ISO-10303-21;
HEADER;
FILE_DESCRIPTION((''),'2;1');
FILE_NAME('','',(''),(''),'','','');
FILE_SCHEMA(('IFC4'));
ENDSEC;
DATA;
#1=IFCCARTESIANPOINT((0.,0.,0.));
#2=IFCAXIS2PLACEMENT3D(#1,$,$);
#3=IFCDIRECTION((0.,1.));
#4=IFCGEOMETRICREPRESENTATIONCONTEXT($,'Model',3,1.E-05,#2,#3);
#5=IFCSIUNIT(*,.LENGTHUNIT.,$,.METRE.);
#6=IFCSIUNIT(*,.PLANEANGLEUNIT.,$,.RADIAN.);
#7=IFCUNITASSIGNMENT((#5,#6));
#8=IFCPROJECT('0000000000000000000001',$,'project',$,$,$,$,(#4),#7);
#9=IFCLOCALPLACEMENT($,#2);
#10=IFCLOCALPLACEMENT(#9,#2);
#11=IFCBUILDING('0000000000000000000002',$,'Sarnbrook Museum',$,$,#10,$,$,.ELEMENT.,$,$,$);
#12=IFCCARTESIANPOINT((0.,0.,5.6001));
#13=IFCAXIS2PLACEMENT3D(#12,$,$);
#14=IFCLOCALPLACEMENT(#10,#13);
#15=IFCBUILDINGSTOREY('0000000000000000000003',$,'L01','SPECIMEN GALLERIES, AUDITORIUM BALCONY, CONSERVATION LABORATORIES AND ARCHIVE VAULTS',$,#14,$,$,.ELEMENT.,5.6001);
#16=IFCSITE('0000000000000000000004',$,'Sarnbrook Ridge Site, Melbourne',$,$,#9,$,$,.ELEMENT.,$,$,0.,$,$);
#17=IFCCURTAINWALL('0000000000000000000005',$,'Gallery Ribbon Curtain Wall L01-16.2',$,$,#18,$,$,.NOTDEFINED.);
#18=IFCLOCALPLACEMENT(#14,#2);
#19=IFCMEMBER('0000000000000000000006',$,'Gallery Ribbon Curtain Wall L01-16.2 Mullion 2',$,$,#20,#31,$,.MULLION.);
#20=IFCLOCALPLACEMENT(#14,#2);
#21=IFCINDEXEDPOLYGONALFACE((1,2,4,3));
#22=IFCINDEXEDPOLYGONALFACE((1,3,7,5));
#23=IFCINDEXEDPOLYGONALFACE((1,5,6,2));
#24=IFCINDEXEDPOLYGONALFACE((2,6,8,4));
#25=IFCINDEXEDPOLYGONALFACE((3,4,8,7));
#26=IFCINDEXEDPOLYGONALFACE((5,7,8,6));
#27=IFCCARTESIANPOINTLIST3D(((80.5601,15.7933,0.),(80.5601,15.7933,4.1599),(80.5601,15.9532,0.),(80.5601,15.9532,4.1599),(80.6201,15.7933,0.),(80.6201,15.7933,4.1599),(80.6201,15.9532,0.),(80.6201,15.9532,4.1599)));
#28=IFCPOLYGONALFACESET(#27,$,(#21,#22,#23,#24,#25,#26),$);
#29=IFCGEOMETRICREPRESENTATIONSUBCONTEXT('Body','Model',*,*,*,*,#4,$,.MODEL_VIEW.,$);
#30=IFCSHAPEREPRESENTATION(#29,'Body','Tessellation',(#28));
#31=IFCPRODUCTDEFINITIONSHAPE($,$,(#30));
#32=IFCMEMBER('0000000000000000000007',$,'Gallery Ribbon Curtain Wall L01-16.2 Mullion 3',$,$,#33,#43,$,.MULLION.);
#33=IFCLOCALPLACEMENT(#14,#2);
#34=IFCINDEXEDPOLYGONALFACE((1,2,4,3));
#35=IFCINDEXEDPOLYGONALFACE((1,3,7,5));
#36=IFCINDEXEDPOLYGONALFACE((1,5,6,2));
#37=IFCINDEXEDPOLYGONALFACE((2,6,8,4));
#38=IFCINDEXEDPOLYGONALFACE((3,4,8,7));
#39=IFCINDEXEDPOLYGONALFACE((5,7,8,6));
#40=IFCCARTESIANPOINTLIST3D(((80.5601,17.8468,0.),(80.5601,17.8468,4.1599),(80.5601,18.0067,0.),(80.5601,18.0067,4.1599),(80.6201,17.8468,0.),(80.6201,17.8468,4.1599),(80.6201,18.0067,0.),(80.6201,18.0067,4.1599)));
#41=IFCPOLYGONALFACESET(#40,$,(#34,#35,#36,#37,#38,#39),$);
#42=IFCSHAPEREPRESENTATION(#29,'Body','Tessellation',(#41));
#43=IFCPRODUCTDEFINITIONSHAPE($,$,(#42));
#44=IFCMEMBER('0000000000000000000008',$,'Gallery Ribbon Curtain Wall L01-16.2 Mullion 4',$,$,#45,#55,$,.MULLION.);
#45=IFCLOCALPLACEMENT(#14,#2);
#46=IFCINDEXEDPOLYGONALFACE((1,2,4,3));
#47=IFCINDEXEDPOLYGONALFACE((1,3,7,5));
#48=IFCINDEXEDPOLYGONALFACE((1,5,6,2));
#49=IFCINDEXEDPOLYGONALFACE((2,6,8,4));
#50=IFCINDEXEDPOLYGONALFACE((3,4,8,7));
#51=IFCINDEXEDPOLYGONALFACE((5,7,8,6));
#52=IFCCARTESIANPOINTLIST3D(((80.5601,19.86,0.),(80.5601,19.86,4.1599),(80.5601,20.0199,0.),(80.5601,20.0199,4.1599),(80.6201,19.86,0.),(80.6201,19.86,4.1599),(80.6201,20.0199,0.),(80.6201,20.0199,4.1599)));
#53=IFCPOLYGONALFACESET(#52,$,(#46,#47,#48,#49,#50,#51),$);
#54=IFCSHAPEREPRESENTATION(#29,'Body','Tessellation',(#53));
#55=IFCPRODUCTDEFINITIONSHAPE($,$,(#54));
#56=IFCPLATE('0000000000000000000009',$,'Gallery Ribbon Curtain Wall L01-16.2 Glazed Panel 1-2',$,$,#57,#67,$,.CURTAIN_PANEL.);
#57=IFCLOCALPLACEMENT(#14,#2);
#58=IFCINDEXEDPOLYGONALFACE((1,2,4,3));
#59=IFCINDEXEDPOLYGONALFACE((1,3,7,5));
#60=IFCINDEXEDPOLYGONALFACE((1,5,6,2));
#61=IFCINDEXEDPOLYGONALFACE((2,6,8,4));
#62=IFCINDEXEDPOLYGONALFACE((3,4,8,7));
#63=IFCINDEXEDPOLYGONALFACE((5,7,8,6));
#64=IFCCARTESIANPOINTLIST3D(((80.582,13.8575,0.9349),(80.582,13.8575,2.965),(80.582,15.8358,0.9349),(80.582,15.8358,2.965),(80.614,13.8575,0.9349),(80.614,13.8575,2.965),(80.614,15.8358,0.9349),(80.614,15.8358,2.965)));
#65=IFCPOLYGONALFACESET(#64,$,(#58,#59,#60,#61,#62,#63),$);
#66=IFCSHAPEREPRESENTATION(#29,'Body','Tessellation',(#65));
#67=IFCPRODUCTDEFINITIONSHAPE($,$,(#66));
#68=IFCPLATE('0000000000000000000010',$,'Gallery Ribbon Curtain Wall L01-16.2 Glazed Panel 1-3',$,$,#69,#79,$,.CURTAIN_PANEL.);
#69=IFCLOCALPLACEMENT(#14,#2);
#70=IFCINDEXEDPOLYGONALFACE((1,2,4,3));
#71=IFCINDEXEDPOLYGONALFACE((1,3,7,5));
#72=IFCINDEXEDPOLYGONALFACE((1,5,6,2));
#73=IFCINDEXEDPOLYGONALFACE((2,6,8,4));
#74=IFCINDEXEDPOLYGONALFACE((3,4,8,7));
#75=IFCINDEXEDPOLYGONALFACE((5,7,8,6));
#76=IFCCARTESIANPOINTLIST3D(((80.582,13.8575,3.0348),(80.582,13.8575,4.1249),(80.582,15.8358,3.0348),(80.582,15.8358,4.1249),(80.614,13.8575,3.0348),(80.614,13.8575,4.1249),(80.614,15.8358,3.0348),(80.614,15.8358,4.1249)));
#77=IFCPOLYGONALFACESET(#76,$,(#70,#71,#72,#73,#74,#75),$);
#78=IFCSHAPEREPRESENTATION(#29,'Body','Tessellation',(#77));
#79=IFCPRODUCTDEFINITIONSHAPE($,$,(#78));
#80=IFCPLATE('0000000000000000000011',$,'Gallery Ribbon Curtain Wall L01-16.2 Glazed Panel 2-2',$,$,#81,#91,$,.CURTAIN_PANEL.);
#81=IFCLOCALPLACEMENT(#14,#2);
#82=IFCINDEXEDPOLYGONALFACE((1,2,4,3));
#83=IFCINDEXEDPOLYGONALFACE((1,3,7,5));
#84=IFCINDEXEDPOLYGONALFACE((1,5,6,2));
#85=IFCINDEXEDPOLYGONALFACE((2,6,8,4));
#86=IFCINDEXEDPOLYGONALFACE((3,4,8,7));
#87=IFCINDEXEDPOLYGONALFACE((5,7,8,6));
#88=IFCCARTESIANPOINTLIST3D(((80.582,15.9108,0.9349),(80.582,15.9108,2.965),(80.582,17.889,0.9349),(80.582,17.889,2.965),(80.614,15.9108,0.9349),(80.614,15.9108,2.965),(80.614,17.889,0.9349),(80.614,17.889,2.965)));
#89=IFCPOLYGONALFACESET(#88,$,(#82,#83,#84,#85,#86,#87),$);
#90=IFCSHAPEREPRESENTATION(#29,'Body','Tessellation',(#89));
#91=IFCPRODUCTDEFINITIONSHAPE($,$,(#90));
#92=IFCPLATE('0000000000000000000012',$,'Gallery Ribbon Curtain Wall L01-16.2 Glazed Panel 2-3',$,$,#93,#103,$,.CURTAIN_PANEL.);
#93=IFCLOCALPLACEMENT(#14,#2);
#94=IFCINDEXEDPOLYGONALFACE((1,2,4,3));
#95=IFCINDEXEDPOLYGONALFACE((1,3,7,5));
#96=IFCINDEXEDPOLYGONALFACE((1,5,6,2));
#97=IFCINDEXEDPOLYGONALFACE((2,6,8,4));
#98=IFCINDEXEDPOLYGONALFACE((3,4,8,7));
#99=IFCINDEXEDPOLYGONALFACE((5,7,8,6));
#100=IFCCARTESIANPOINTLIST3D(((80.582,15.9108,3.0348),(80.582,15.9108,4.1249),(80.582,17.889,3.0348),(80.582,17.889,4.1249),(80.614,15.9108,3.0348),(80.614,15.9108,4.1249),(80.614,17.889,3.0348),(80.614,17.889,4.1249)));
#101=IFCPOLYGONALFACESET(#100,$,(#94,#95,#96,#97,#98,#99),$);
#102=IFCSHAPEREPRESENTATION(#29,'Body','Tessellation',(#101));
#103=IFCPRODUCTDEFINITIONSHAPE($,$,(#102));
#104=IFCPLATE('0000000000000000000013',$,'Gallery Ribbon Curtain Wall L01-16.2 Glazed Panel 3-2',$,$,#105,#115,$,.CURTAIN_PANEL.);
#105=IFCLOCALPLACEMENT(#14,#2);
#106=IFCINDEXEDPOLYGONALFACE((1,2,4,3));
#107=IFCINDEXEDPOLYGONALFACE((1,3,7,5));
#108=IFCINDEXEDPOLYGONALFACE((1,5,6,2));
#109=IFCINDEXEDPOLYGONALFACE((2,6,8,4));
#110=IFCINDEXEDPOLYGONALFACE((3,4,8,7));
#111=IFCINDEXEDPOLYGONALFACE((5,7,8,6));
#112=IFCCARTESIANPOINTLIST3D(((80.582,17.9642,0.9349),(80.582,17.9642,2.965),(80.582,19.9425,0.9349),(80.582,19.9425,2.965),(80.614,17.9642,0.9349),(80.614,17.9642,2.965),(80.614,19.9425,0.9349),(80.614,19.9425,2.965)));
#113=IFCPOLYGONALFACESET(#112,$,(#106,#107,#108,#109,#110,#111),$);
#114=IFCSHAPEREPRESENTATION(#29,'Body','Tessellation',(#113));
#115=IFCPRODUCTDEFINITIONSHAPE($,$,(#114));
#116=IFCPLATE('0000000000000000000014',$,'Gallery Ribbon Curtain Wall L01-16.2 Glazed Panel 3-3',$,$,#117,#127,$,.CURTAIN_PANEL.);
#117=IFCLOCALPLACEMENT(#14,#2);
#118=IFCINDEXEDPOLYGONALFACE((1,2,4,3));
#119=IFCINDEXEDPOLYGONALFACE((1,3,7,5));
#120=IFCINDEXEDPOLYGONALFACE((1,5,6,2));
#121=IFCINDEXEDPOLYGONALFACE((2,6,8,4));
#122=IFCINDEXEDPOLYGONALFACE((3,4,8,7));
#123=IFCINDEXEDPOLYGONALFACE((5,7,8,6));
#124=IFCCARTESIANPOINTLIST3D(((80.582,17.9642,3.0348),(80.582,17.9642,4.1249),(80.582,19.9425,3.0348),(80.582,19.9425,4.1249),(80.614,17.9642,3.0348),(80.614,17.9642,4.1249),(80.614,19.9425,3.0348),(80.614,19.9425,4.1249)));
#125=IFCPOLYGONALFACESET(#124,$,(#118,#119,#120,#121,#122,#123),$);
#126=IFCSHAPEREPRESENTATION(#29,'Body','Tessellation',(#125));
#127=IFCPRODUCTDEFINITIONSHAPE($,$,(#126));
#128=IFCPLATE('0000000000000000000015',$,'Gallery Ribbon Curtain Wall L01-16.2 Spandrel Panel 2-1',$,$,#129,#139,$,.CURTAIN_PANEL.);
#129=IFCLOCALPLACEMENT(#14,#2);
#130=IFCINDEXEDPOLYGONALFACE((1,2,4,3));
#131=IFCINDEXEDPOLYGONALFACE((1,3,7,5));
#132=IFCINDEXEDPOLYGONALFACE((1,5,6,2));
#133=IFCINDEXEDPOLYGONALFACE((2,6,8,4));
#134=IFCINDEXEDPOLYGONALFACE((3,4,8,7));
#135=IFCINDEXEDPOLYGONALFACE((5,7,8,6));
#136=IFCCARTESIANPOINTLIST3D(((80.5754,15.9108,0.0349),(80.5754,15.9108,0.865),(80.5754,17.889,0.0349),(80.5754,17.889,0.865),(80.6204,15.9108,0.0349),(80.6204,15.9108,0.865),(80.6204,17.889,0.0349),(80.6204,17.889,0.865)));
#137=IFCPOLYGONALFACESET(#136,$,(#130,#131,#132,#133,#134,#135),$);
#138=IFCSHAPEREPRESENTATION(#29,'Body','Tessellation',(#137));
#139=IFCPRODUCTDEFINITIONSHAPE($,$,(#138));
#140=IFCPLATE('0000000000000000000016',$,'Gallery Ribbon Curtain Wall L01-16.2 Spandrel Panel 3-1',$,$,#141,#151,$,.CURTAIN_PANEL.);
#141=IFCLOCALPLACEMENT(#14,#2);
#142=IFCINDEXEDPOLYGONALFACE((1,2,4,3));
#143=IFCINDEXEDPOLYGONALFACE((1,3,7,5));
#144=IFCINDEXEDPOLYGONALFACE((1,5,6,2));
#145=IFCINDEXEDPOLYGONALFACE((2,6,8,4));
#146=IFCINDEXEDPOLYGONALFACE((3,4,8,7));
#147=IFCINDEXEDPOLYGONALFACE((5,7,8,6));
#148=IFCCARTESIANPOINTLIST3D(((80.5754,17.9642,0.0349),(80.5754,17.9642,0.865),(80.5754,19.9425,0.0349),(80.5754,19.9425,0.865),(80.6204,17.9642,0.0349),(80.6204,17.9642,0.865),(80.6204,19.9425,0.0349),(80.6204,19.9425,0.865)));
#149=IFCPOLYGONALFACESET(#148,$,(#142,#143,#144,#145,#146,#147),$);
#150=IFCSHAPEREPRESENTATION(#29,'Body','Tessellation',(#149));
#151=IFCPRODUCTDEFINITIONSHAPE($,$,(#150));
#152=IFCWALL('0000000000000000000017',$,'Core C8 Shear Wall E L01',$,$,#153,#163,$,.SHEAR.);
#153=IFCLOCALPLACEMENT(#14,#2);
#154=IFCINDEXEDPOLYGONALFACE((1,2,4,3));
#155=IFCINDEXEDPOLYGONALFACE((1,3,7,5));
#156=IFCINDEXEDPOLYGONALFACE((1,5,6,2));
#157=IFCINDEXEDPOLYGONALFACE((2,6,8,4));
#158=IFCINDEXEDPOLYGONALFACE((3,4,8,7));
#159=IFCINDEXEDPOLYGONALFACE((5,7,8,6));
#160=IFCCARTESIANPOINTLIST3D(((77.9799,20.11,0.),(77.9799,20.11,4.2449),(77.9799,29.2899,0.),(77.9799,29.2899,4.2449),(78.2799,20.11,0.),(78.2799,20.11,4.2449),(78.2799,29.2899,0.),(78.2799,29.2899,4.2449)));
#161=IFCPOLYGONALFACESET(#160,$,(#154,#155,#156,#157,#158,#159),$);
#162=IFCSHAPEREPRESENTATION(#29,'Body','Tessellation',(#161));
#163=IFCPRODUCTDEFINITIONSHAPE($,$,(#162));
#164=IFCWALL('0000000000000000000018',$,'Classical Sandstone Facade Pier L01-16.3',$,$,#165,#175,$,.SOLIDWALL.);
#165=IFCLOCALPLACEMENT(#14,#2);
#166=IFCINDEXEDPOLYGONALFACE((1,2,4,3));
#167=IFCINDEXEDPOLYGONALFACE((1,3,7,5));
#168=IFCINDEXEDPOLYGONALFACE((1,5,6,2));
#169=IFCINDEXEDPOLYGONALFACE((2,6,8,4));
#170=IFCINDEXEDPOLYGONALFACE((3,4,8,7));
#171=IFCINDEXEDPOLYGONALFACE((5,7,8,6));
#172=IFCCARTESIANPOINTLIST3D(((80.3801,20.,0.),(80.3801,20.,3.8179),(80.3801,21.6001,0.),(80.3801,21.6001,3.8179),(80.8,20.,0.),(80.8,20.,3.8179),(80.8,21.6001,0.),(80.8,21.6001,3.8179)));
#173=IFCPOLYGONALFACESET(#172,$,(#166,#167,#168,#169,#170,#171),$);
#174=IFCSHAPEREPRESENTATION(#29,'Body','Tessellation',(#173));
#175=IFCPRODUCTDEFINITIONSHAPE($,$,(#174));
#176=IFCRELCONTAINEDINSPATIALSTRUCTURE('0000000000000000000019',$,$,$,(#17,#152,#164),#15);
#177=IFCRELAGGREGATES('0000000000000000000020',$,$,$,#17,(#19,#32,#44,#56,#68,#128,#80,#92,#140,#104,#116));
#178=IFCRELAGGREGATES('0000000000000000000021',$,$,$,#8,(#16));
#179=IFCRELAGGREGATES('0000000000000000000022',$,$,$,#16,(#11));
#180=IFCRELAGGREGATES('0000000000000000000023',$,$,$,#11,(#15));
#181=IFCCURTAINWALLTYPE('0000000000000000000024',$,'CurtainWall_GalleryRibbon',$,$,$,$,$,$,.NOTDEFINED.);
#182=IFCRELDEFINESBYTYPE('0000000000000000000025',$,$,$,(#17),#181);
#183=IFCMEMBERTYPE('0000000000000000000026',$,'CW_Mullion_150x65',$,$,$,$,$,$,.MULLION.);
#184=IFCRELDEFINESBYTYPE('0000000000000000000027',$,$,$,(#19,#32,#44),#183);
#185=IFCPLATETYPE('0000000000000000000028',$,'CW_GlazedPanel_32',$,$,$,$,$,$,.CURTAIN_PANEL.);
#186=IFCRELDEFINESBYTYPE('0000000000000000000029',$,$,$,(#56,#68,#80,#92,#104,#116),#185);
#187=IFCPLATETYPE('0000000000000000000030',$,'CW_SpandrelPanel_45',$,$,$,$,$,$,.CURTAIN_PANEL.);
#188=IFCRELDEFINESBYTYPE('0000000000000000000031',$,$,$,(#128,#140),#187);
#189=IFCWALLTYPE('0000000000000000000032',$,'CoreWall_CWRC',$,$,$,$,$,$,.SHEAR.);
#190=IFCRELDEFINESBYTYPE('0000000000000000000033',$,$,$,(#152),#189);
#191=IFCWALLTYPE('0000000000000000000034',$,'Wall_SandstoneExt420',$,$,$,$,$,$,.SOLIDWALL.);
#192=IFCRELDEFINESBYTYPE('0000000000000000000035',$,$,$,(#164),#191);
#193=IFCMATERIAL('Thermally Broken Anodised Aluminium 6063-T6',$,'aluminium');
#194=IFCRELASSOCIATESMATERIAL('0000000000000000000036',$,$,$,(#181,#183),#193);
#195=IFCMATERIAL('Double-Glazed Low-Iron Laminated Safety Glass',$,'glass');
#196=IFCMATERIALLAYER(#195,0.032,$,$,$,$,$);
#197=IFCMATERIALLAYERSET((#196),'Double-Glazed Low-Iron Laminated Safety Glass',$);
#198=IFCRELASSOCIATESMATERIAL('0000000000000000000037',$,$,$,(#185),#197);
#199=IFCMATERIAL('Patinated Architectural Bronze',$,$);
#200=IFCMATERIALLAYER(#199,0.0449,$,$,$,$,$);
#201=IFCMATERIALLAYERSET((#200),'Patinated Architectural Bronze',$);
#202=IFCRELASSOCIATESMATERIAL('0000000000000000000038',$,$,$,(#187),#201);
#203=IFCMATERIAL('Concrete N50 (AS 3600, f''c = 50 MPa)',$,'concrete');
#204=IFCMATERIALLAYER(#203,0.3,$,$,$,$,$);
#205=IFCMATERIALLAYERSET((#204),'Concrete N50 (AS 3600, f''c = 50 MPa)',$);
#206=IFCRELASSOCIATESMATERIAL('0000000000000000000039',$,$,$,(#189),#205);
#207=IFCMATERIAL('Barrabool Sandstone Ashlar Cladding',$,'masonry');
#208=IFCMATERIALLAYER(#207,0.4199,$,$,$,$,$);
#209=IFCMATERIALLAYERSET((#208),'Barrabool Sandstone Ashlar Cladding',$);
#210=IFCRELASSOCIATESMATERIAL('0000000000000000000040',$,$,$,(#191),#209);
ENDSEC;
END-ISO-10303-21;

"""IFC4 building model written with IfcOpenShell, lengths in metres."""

from ifc_helpers import new_model, si_unit, direction, frame, frame_2d, origin, origin_2d, place, context, subcontext, project, spatial, rectangle, extrude, material, layer, layer_set, material_profile, profile_set, type_object, element, aggregate, save


model = new_model("IFC4")

# Units and contexts
model_context = context("Model", 3, precision=1e-05, world=origin(), true_north=direction((0.0, 1.0)))
body_context = subcontext(model_context, "Body", "Model", "MODEL_VIEW")
ifc_project = project(units=[si_unit("LENGTHUNIT", "METRE"), si_unit("PLANEANGLEUNIT", "RADIAN")], contexts=[model_context])

# Site, building, storey
site_placement = place(None, origin())
site = spatial("IfcSite", under=ifc_project, at=site_placement, Name="Sarnbrook Ridge Site, Melbourne", CompositionType="ELEMENT", RefElevation=0.0)
building_placement = place(site_placement, origin())
building = spatial("IfcBuilding", under=site, at=building_placement, Name="Sarnbrook Museum", CompositionType="ELEMENT")
storey_placement = place(building_placement, frame((0.0, 0.0, 5.6001)))
storey = spatial("IfcBuildingStorey", under=building, at=storey_placement, Name="L01", Description="SPECIMEN GALLERIES, AUDITORIUM BALCONY, CONSERVATION LABORATORIES AND ARCHIVE VAULTS", CompositionType="ELEMENT", Elevation=5.6001)

# Curtain wall, members, plates
ifc_material_1 = material(Name="Thermally Broken Anodised Aluminium 6063-T6", Category="aluminium")
curtain_wall_type = type_object("IfcCurtainWallType", Name="CurtainWall_GalleryRibbon", PredefinedType="NOTDEFINED", material=ifc_material_1)
curtain_wall_placement = place(storey_placement, origin())
curtain_wall = element("IfcCurtainWall", 1, at=curtain_wall_placement, inside=storey, type_object=curtain_wall_type, Name="Gallery Ribbon Curtain Wall L01-16.2", PredefinedType="NOTDEFINED")
ifc_material_profile = material_profile(ifc_material_1, rectangle(XDim=0.0601, YDim=0.1599, at=origin_2d()), Name="ALU MULLION 60x160")
ifc_profile_set = profile_set([ifc_material_profile], Name="Thermally Broken Anodised Aluminium 6063-T6")
member_type = type_object("IfcMemberType", Name="CW_Mullion_150x65", PredefinedType="MULLION", material=ifc_profile_set)
member_1_placement = place(storey_placement, frame((80.5901, 15.8733, 0.0), z_axis=(0.0, 0.0, 1.0), x_axis=(1.0, 0.0, 0.0)))
member_1 = element("IfcMember", 2, at=member_1_placement, type_object=member_type, Name="Gallery Ribbon Curtain Wall L01-16.2 Mullion 2", PredefinedType="MULLION", context=body_context, shape_type="SweptSolid", body=[
    extrude(rectangle(XDim=0.0601, YDim=0.1599, at=origin_2d()), origin(), (0.0, 0.0, 1.0), 4.1599),
])
member_2_placement = place(storey_placement, frame((80.5901, 17.9268, 0.0), z_axis=(0.0, 0.0, 1.0), x_axis=(1.0, 0.0, 0.0)))
member_2 = element("IfcMember", 3, at=member_2_placement, type_object=member_type, Name="Gallery Ribbon Curtain Wall L01-16.2 Mullion 3", PredefinedType="MULLION", context=body_context, shape_type="SweptSolid", body=[
    extrude(rectangle(XDim=0.0601, YDim=0.1599, at=origin_2d()), origin(), (0.0, 0.0, 1.0), 4.1599),
])
member_3_placement = place(storey_placement, frame((80.5901, 19.9399, 0.0), z_axis=(0.0, 0.0, 1.0), x_axis=(1.0, 0.0, 0.0)))
member_3 = element("IfcMember", 4, at=member_3_placement, type_object=member_type, Name="Gallery Ribbon Curtain Wall L01-16.2 Mullion 4", PredefinedType="MULLION", context=body_context, shape_type="SweptSolid", body=[
    extrude(rectangle(XDim=0.0601, YDim=0.1599, at=origin_2d()), origin(), (0.0, 0.0, 1.0), 4.1599),
])
ifc_material_2 = material(Name="Double-Glazed Low-Iron Laminated Safety Glass", Category="glass")
ifc_layer_1 = layer(ifc_material_2, 0.032)
ifc_layer_set_1 = layer_set([ifc_layer_1], Name="Double-Glazed Low-Iron Laminated Safety Glass")
plate_type_1 = type_object("IfcPlateType", Name="CW_GlazedPanel_32", PredefinedType="CURTAIN_PANEL", material=ifc_layer_set_1)
plate_1_placement = place(storey_placement, frame((80.582, 14.8467, 1.95), z_axis=(1.0, 0.0, 0.0), x_axis=(0.0, 1.0, 0.0)))
plate_1 = element("IfcPlate", 5, at=plate_1_placement, type_object=plate_type_1, Name="Gallery Ribbon Curtain Wall L01-16.2 Glazed Panel 1-2", PredefinedType="CURTAIN_PANEL", context=body_context, shape_type="SweptSolid", body=[
    extrude(rectangle(XDim=1.9783, YDim=2.03, at=origin_2d()), origin(), (0.0, 0.0, 1.0), 0.032),
])
plate_2_placement = place(storey_placement, frame((80.582, 14.8467, 3.5798), z_axis=(1.0, 0.0, 0.0), x_axis=(0.0, 1.0, 0.0)))
plate_2 = element("IfcPlate", 6, at=plate_2_placement, type_object=plate_type_1, Name="Gallery Ribbon Curtain Wall L01-16.2 Glazed Panel 1-3", PredefinedType="CURTAIN_PANEL", context=body_context, shape_type="SweptSolid", body=[
    extrude(rectangle(XDim=1.9783, YDim=1.0901, at=origin_2d()), origin(), (0.0, 0.0, 1.0), 0.032),
])
plate_3_placement = place(storey_placement, frame((80.582, 16.8999, 1.95), z_axis=(1.0, 0.0, 0.0), x_axis=(0.0, 1.0, 0.0)))
plate_3 = element("IfcPlate", 7, at=plate_3_placement, type_object=plate_type_1, Name="Gallery Ribbon Curtain Wall L01-16.2 Glazed Panel 2-2", PredefinedType="CURTAIN_PANEL", context=body_context, shape_type="SweptSolid", body=[
    extrude(rectangle(XDim=1.9783, YDim=2.03, at=origin_2d()), origin(), (0.0, 0.0, 1.0), 0.032),
])
plate_4_placement = place(storey_placement, frame((80.582, 16.8999, 3.5798), z_axis=(1.0, 0.0, 0.0), x_axis=(0.0, 1.0, 0.0)))
plate_4 = element("IfcPlate", 8, at=plate_4_placement, type_object=plate_type_1, Name="Gallery Ribbon Curtain Wall L01-16.2 Glazed Panel 2-3", PredefinedType="CURTAIN_PANEL", context=body_context, shape_type="SweptSolid", body=[
    extrude(rectangle(XDim=1.9783, YDim=1.0901, at=origin_2d()), origin(), (0.0, 0.0, 1.0), 0.032),
])
plate_5_placement = place(storey_placement, frame((80.582, 18.9534, 1.95), z_axis=(1.0, 0.0, 0.0), x_axis=(0.0, 1.0, 0.0)))
plate_5 = element("IfcPlate", 9, at=plate_5_placement, type_object=plate_type_1, Name="Gallery Ribbon Curtain Wall L01-16.2 Glazed Panel 3-2", PredefinedType="CURTAIN_PANEL", context=body_context, shape_type="SweptSolid", body=[
    extrude(rectangle(XDim=1.9783, YDim=2.03, at=origin_2d()), origin(), (0.0, 0.0, 1.0), 0.032),
])
plate_6_placement = place(storey_placement, frame((80.582, 18.9534, 3.5798), z_axis=(1.0, 0.0, 0.0), x_axis=(0.0, 1.0, 0.0)))
plate_6 = element("IfcPlate", 10, at=plate_6_placement, type_object=plate_type_1, Name="Gallery Ribbon Curtain Wall L01-16.2 Glazed Panel 3-3", PredefinedType="CURTAIN_PANEL", context=body_context, shape_type="SweptSolid", body=[
    extrude(rectangle(XDim=1.9783, YDim=1.0901, at=origin_2d()), origin(), (0.0, 0.0, 1.0), 0.032),
])
ifc_material_3 = material(Name="Patinated Architectural Bronze")
ifc_layer_2 = layer(ifc_material_3, 0.0449)
ifc_layer_set_2 = layer_set([ifc_layer_2], Name="Patinated Architectural Bronze")
plate_type_2 = type_object("IfcPlateType", Name="CW_SpandrelPanel_45", PredefinedType="CURTAIN_PANEL", material=ifc_layer_set_2)
plate_7_placement = place(storey_placement, frame((80.5754, 16.8999, 0.45), z_axis=(1.0, 0.0, 0.0), x_axis=(0.0, 1.0, 0.0)))
plate_7 = element("IfcPlate", 11, at=plate_7_placement, type_object=plate_type_2, Name="Gallery Ribbon Curtain Wall L01-16.2 Spandrel Panel 2-1", PredefinedType="CURTAIN_PANEL", context=body_context, shape_type="SweptSolid", body=[
    extrude(rectangle(XDim=1.9783, YDim=0.8301, at=origin_2d()), origin(), (0.0, 0.0, 1.0), 0.0449),
])
plate_8_placement = place(storey_placement, frame((80.5754, 18.9534, 0.45), z_axis=(1.0, 0.0, 0.0), x_axis=(0.0, 1.0, 0.0)))
plate_8 = element("IfcPlate", 12, at=plate_8_placement, type_object=plate_type_2, Name="Gallery Ribbon Curtain Wall L01-16.2 Spandrel Panel 3-1", PredefinedType="CURTAIN_PANEL", context=body_context, shape_type="SweptSolid", body=[
    extrude(rectangle(XDim=1.9783, YDim=0.8301, at=origin_2d()), origin(), (0.0, 0.0, 1.0), 0.0449),
])
aggregate(curtain_wall, [member_1, member_2, member_3, plate_1, plate_2, plate_7, plate_3, plate_4, plate_8, plate_5, plate_6])

# Walls
ifc_material_4 = material(Name="Concrete N50 (AS 3600, f'c = 50 MPa)", Category="concrete")
ifc_layer_3 = layer(ifc_material_4, 0.3)
ifc_layer_set_3 = layer_set([ifc_layer_3], Name="Concrete N50 (AS 3600, f'c = 50 MPa)")
wall_type_1 = type_object("IfcWallType", Name="CoreWall_CWRC", PredefinedType="SHEAR", material=ifc_layer_set_3)
wall_1_placement = place(storey_placement, frame((78.1299, 20.1101, 0.0), z_axis=(0.0, 0.0, 1.0), x_axis=(0.0, 1.0, 0.0)))
element("IfcWall", 13, at=wall_1_placement, inside=storey, type_object=wall_type_1, Name="Core C8 Shear Wall E L01", PredefinedType="SHEAR", context=body_context, shape_type="SweptSolid", body=[
    extrude(rectangle(XDim=9.1799, YDim=0.3, at=frame_2d((4.5898, 0.0))), origin(), (0.0, 0.0, 1.0), 4.2449),
])
ifc_material_5 = material(Name="Barrabool Sandstone Ashlar Cladding", Category="masonry")
ifc_layer_4 = layer(ifc_material_5, 0.4199)
ifc_layer_set_4 = layer_set([ifc_layer_4], Name="Barrabool Sandstone Ashlar Cladding")
wall_type_2 = type_object("IfcWallType", Name="Wall_SandstoneExt420", PredefinedType="SOLIDWALL", material=ifc_layer_set_4)
wall_2_placement = place(storey_placement, frame((80.5901, 20.0, 0.0), z_axis=(0.0, 0.0, 1.0), x_axis=(0.0, 1.0, 0.0)))
element("IfcWall", 14, at=wall_2_placement, inside=storey, type_object=wall_type_2, Name="Classical Sandstone Facade Pier L01-16.3", PredefinedType="SOLIDWALL", context=body_context, shape_type="SweptSolid", body=[
    extrude(rectangle(XDim=1.6001, YDim=0.4199, at=frame_2d((0.8, 0.0))), origin(), (0.0, 0.0, 1.0), 3.8179),
])

save(model, "model.ifc")
